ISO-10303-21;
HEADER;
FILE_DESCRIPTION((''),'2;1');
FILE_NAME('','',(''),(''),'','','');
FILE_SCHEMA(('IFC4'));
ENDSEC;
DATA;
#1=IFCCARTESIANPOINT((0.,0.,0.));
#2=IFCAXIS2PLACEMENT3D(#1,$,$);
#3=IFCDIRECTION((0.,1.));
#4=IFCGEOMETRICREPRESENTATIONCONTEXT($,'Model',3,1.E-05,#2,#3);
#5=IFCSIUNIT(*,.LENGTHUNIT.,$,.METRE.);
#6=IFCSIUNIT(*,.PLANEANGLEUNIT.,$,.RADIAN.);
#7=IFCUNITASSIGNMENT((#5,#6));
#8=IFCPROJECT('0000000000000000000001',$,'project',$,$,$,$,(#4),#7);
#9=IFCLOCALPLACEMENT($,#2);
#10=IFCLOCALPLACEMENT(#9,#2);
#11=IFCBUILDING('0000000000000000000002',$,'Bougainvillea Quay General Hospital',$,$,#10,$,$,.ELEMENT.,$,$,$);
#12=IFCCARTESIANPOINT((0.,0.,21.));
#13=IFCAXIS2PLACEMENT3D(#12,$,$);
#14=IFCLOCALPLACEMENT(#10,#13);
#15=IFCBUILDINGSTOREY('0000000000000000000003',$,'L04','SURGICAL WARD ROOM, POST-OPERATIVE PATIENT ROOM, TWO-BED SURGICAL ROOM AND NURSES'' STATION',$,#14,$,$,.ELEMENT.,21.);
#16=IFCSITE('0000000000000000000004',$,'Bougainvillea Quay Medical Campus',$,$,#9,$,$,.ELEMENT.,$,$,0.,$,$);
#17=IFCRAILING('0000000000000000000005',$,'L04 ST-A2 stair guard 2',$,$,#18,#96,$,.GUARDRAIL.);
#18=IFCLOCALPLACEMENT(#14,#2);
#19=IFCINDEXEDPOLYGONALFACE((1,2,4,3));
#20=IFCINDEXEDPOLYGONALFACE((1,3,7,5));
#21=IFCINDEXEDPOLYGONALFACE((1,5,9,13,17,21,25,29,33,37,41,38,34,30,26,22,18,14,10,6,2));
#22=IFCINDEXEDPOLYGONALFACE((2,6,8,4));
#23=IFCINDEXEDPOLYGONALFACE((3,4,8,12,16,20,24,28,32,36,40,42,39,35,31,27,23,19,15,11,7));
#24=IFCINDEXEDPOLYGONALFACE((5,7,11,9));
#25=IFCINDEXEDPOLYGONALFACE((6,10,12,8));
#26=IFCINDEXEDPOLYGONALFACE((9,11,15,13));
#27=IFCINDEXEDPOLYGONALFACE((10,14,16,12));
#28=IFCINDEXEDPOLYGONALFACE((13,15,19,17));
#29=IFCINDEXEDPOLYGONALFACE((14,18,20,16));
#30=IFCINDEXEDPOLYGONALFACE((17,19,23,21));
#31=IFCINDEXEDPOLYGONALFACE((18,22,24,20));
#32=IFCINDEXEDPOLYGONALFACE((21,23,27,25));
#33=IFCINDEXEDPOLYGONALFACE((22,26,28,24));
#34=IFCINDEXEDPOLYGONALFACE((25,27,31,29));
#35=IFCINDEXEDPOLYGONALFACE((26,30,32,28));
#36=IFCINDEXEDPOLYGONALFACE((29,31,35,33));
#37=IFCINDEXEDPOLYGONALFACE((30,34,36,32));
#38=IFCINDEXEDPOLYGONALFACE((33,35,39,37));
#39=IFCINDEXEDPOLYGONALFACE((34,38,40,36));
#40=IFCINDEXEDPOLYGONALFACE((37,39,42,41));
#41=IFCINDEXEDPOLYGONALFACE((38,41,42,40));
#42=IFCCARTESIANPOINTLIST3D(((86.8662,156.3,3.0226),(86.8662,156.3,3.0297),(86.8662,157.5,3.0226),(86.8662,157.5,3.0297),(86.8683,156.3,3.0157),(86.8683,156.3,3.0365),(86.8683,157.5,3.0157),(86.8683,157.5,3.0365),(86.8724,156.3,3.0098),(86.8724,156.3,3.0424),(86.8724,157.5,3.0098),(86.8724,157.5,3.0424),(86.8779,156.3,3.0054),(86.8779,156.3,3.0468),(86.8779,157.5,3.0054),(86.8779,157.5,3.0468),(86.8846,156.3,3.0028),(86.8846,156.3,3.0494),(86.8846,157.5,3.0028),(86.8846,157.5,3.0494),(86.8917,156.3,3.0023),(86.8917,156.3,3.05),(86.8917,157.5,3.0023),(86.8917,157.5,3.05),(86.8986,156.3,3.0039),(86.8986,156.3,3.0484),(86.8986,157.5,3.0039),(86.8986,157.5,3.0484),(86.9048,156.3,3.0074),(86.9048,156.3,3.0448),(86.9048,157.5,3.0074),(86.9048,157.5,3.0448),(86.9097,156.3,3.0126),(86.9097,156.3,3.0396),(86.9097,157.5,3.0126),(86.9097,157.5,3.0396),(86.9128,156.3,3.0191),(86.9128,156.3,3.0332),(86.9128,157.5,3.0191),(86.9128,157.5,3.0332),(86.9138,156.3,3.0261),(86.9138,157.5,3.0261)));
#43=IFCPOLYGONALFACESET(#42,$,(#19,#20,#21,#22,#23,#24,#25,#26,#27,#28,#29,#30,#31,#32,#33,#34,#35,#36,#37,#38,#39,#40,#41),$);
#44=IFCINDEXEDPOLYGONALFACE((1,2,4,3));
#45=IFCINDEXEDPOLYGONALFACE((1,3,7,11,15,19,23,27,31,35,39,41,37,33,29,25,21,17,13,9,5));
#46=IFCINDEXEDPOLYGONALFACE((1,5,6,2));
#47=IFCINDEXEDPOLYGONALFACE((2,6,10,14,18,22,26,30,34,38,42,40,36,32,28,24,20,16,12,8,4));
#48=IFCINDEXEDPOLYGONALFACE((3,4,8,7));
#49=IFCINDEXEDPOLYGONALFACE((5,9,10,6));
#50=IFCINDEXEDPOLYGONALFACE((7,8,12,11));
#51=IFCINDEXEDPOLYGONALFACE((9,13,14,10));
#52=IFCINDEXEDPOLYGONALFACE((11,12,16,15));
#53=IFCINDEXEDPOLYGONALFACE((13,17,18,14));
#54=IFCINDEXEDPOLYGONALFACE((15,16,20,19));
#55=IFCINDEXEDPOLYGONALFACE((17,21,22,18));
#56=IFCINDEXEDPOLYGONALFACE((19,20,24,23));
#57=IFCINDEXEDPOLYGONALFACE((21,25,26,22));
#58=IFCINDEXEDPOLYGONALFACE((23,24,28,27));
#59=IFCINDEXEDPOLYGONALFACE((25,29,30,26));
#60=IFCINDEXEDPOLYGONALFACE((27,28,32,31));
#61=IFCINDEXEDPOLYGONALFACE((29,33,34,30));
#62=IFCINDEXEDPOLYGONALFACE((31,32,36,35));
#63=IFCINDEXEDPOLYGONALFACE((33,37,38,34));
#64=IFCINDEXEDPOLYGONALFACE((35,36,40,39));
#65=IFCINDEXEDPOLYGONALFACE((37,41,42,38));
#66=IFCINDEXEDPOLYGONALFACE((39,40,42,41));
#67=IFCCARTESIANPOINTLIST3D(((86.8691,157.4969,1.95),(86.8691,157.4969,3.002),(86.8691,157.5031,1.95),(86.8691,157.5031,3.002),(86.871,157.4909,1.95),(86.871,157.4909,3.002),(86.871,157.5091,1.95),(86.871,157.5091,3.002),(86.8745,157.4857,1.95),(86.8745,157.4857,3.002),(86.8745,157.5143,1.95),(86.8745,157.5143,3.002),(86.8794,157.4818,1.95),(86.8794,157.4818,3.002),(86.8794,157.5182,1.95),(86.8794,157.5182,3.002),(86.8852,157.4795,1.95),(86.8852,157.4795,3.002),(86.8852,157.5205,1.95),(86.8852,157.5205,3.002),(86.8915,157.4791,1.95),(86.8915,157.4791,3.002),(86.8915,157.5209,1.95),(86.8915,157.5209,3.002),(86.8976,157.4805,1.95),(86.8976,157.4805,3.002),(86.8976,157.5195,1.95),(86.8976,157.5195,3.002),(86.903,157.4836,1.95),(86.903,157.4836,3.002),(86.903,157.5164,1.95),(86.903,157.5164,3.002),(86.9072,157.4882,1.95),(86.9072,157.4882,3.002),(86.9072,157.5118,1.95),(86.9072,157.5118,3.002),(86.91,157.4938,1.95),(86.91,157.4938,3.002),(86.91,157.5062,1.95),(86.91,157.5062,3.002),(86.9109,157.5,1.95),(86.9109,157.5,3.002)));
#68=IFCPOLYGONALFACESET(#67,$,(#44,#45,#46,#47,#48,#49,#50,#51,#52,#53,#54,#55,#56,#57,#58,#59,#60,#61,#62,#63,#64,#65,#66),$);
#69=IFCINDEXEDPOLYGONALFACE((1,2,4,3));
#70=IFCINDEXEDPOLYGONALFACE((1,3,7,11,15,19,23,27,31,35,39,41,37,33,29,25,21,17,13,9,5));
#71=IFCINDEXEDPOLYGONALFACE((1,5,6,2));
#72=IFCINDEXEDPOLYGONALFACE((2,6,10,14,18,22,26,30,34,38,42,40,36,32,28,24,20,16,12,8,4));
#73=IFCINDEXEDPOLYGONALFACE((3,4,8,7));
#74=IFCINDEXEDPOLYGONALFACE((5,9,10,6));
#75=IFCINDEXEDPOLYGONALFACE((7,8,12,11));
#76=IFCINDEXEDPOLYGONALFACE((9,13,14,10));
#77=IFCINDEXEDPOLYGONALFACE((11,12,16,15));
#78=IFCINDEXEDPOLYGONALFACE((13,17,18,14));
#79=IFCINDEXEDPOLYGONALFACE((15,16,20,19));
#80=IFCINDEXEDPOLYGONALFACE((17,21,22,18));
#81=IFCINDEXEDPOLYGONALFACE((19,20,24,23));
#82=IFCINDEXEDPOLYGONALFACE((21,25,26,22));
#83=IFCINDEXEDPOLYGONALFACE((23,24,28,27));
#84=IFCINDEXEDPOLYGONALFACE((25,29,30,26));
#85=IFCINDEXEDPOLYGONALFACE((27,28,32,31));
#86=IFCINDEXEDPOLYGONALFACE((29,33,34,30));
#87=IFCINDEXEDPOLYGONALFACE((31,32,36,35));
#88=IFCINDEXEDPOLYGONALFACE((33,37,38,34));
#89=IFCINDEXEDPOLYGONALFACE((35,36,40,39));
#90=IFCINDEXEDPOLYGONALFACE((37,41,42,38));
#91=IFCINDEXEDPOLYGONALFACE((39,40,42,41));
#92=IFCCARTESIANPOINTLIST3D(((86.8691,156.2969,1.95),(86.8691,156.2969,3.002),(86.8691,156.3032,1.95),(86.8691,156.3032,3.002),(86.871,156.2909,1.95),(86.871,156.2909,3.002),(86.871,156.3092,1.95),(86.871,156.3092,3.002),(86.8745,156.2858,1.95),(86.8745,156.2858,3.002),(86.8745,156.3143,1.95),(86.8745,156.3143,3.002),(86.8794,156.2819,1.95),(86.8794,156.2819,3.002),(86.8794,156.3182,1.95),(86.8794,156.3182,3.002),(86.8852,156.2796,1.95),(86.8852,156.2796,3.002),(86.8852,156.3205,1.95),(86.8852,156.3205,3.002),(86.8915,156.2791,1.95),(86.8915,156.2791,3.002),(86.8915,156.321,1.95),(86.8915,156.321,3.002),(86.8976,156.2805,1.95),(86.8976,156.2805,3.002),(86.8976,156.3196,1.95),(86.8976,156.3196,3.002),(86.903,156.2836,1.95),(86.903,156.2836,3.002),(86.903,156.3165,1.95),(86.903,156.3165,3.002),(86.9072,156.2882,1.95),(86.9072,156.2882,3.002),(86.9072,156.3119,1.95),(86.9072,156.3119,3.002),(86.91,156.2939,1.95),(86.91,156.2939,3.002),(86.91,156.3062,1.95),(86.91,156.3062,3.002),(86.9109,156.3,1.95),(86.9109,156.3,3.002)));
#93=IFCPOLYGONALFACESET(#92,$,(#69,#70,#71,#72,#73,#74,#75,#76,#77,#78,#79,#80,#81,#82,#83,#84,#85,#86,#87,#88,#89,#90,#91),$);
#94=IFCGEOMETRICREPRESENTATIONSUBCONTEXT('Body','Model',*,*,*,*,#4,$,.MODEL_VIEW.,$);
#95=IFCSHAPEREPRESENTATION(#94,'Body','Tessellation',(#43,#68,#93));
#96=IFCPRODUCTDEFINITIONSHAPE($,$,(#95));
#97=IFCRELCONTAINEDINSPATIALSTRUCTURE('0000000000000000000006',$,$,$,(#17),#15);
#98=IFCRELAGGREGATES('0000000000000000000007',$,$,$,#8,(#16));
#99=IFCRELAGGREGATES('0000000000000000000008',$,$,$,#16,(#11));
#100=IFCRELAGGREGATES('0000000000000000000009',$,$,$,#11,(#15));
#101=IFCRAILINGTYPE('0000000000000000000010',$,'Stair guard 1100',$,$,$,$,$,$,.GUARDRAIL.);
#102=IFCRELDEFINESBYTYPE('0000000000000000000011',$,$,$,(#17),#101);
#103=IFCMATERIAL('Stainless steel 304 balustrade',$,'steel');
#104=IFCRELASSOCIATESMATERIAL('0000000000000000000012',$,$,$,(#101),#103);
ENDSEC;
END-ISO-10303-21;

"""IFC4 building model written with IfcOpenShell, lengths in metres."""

from ifc_helpers import new_model, si_unit, direction, frame, origin, origin_2d, place, context, subcontext, project, spatial, circle, extrude, material, type_object, element, save


model = new_model("IFC4")

# Units and contexts
model_context = context("Model", 3, precision=1e-05, world=origin(), true_north=direction((0.0, 1.0)))
body_context = subcontext(model_context, "Body", "Model", "MODEL_VIEW")
ifc_project = project(units=[si_unit("LENGTHUNIT", "METRE"), si_unit("PLANEANGLEUNIT", "RADIAN")], contexts=[model_context])

# Site, building, storey
site_placement = place(None, origin())
site = spatial("IfcSite", under=ifc_project, at=site_placement, Name="Bougainvillea Quay Medical Campus", CompositionType="ELEMENT", RefElevation=0.0)
building_placement = place(site_placement, origin())
building = spatial("IfcBuilding", under=site, at=building_placement, Name="Bougainvillea Quay General Hospital", CompositionType="ELEMENT")
storey_placement = place(building_placement, frame((0.0, 0.0, 21.0)))
storey = spatial("IfcBuildingStorey", under=building, at=storey_placement, Name="L04", Description="SURGICAL WARD ROOM, POST-OPERATIVE PATIENT ROOM, TWO-BED SURGICAL ROOM AND NURSES' STATION", CompositionType="ELEMENT", Elevation=21.0)

# Railing
ifc_material_1 = material(Name="Stainless steel 304 balustrade", Category="steel")
railing_type_1 = type_object("IfcRailingType", Name="Stair guard 1100", PredefinedType="GUARDRAIL", material=ifc_material_1)
railing_1_placement = place(storey_placement, frame((86.8899, 157.5, 1.95)))
element("IfcRailing", 1, at=railing_1_placement, inside=storey, type_object=railing_type_1, Name="L04 ST-A2 stair guard 2", PredefinedType="GUARDRAIL", context=body_context, shape_type="SweptSolid", body=[
    extrude(circle(Radius=0.0239, at=origin_2d()), frame((0.0, 0.0, 1.0762), z_axis=(0.0, -1.0, 0.0), x_axis=(1.0, 0.0, 0.0)), (0.0, 0.0, 1.0), 1.2),
    extrude(circle(Radius=0.021, at=origin_2d()), origin(), (0.0, 0.0, 1.0), 1.052),
    extrude(circle(Radius=0.021, at=origin_2d()), frame((0.0, -1.2, 0.0)), (0.0, 0.0, 1.0), 1.052),
])

save(model, "model.ifc")
